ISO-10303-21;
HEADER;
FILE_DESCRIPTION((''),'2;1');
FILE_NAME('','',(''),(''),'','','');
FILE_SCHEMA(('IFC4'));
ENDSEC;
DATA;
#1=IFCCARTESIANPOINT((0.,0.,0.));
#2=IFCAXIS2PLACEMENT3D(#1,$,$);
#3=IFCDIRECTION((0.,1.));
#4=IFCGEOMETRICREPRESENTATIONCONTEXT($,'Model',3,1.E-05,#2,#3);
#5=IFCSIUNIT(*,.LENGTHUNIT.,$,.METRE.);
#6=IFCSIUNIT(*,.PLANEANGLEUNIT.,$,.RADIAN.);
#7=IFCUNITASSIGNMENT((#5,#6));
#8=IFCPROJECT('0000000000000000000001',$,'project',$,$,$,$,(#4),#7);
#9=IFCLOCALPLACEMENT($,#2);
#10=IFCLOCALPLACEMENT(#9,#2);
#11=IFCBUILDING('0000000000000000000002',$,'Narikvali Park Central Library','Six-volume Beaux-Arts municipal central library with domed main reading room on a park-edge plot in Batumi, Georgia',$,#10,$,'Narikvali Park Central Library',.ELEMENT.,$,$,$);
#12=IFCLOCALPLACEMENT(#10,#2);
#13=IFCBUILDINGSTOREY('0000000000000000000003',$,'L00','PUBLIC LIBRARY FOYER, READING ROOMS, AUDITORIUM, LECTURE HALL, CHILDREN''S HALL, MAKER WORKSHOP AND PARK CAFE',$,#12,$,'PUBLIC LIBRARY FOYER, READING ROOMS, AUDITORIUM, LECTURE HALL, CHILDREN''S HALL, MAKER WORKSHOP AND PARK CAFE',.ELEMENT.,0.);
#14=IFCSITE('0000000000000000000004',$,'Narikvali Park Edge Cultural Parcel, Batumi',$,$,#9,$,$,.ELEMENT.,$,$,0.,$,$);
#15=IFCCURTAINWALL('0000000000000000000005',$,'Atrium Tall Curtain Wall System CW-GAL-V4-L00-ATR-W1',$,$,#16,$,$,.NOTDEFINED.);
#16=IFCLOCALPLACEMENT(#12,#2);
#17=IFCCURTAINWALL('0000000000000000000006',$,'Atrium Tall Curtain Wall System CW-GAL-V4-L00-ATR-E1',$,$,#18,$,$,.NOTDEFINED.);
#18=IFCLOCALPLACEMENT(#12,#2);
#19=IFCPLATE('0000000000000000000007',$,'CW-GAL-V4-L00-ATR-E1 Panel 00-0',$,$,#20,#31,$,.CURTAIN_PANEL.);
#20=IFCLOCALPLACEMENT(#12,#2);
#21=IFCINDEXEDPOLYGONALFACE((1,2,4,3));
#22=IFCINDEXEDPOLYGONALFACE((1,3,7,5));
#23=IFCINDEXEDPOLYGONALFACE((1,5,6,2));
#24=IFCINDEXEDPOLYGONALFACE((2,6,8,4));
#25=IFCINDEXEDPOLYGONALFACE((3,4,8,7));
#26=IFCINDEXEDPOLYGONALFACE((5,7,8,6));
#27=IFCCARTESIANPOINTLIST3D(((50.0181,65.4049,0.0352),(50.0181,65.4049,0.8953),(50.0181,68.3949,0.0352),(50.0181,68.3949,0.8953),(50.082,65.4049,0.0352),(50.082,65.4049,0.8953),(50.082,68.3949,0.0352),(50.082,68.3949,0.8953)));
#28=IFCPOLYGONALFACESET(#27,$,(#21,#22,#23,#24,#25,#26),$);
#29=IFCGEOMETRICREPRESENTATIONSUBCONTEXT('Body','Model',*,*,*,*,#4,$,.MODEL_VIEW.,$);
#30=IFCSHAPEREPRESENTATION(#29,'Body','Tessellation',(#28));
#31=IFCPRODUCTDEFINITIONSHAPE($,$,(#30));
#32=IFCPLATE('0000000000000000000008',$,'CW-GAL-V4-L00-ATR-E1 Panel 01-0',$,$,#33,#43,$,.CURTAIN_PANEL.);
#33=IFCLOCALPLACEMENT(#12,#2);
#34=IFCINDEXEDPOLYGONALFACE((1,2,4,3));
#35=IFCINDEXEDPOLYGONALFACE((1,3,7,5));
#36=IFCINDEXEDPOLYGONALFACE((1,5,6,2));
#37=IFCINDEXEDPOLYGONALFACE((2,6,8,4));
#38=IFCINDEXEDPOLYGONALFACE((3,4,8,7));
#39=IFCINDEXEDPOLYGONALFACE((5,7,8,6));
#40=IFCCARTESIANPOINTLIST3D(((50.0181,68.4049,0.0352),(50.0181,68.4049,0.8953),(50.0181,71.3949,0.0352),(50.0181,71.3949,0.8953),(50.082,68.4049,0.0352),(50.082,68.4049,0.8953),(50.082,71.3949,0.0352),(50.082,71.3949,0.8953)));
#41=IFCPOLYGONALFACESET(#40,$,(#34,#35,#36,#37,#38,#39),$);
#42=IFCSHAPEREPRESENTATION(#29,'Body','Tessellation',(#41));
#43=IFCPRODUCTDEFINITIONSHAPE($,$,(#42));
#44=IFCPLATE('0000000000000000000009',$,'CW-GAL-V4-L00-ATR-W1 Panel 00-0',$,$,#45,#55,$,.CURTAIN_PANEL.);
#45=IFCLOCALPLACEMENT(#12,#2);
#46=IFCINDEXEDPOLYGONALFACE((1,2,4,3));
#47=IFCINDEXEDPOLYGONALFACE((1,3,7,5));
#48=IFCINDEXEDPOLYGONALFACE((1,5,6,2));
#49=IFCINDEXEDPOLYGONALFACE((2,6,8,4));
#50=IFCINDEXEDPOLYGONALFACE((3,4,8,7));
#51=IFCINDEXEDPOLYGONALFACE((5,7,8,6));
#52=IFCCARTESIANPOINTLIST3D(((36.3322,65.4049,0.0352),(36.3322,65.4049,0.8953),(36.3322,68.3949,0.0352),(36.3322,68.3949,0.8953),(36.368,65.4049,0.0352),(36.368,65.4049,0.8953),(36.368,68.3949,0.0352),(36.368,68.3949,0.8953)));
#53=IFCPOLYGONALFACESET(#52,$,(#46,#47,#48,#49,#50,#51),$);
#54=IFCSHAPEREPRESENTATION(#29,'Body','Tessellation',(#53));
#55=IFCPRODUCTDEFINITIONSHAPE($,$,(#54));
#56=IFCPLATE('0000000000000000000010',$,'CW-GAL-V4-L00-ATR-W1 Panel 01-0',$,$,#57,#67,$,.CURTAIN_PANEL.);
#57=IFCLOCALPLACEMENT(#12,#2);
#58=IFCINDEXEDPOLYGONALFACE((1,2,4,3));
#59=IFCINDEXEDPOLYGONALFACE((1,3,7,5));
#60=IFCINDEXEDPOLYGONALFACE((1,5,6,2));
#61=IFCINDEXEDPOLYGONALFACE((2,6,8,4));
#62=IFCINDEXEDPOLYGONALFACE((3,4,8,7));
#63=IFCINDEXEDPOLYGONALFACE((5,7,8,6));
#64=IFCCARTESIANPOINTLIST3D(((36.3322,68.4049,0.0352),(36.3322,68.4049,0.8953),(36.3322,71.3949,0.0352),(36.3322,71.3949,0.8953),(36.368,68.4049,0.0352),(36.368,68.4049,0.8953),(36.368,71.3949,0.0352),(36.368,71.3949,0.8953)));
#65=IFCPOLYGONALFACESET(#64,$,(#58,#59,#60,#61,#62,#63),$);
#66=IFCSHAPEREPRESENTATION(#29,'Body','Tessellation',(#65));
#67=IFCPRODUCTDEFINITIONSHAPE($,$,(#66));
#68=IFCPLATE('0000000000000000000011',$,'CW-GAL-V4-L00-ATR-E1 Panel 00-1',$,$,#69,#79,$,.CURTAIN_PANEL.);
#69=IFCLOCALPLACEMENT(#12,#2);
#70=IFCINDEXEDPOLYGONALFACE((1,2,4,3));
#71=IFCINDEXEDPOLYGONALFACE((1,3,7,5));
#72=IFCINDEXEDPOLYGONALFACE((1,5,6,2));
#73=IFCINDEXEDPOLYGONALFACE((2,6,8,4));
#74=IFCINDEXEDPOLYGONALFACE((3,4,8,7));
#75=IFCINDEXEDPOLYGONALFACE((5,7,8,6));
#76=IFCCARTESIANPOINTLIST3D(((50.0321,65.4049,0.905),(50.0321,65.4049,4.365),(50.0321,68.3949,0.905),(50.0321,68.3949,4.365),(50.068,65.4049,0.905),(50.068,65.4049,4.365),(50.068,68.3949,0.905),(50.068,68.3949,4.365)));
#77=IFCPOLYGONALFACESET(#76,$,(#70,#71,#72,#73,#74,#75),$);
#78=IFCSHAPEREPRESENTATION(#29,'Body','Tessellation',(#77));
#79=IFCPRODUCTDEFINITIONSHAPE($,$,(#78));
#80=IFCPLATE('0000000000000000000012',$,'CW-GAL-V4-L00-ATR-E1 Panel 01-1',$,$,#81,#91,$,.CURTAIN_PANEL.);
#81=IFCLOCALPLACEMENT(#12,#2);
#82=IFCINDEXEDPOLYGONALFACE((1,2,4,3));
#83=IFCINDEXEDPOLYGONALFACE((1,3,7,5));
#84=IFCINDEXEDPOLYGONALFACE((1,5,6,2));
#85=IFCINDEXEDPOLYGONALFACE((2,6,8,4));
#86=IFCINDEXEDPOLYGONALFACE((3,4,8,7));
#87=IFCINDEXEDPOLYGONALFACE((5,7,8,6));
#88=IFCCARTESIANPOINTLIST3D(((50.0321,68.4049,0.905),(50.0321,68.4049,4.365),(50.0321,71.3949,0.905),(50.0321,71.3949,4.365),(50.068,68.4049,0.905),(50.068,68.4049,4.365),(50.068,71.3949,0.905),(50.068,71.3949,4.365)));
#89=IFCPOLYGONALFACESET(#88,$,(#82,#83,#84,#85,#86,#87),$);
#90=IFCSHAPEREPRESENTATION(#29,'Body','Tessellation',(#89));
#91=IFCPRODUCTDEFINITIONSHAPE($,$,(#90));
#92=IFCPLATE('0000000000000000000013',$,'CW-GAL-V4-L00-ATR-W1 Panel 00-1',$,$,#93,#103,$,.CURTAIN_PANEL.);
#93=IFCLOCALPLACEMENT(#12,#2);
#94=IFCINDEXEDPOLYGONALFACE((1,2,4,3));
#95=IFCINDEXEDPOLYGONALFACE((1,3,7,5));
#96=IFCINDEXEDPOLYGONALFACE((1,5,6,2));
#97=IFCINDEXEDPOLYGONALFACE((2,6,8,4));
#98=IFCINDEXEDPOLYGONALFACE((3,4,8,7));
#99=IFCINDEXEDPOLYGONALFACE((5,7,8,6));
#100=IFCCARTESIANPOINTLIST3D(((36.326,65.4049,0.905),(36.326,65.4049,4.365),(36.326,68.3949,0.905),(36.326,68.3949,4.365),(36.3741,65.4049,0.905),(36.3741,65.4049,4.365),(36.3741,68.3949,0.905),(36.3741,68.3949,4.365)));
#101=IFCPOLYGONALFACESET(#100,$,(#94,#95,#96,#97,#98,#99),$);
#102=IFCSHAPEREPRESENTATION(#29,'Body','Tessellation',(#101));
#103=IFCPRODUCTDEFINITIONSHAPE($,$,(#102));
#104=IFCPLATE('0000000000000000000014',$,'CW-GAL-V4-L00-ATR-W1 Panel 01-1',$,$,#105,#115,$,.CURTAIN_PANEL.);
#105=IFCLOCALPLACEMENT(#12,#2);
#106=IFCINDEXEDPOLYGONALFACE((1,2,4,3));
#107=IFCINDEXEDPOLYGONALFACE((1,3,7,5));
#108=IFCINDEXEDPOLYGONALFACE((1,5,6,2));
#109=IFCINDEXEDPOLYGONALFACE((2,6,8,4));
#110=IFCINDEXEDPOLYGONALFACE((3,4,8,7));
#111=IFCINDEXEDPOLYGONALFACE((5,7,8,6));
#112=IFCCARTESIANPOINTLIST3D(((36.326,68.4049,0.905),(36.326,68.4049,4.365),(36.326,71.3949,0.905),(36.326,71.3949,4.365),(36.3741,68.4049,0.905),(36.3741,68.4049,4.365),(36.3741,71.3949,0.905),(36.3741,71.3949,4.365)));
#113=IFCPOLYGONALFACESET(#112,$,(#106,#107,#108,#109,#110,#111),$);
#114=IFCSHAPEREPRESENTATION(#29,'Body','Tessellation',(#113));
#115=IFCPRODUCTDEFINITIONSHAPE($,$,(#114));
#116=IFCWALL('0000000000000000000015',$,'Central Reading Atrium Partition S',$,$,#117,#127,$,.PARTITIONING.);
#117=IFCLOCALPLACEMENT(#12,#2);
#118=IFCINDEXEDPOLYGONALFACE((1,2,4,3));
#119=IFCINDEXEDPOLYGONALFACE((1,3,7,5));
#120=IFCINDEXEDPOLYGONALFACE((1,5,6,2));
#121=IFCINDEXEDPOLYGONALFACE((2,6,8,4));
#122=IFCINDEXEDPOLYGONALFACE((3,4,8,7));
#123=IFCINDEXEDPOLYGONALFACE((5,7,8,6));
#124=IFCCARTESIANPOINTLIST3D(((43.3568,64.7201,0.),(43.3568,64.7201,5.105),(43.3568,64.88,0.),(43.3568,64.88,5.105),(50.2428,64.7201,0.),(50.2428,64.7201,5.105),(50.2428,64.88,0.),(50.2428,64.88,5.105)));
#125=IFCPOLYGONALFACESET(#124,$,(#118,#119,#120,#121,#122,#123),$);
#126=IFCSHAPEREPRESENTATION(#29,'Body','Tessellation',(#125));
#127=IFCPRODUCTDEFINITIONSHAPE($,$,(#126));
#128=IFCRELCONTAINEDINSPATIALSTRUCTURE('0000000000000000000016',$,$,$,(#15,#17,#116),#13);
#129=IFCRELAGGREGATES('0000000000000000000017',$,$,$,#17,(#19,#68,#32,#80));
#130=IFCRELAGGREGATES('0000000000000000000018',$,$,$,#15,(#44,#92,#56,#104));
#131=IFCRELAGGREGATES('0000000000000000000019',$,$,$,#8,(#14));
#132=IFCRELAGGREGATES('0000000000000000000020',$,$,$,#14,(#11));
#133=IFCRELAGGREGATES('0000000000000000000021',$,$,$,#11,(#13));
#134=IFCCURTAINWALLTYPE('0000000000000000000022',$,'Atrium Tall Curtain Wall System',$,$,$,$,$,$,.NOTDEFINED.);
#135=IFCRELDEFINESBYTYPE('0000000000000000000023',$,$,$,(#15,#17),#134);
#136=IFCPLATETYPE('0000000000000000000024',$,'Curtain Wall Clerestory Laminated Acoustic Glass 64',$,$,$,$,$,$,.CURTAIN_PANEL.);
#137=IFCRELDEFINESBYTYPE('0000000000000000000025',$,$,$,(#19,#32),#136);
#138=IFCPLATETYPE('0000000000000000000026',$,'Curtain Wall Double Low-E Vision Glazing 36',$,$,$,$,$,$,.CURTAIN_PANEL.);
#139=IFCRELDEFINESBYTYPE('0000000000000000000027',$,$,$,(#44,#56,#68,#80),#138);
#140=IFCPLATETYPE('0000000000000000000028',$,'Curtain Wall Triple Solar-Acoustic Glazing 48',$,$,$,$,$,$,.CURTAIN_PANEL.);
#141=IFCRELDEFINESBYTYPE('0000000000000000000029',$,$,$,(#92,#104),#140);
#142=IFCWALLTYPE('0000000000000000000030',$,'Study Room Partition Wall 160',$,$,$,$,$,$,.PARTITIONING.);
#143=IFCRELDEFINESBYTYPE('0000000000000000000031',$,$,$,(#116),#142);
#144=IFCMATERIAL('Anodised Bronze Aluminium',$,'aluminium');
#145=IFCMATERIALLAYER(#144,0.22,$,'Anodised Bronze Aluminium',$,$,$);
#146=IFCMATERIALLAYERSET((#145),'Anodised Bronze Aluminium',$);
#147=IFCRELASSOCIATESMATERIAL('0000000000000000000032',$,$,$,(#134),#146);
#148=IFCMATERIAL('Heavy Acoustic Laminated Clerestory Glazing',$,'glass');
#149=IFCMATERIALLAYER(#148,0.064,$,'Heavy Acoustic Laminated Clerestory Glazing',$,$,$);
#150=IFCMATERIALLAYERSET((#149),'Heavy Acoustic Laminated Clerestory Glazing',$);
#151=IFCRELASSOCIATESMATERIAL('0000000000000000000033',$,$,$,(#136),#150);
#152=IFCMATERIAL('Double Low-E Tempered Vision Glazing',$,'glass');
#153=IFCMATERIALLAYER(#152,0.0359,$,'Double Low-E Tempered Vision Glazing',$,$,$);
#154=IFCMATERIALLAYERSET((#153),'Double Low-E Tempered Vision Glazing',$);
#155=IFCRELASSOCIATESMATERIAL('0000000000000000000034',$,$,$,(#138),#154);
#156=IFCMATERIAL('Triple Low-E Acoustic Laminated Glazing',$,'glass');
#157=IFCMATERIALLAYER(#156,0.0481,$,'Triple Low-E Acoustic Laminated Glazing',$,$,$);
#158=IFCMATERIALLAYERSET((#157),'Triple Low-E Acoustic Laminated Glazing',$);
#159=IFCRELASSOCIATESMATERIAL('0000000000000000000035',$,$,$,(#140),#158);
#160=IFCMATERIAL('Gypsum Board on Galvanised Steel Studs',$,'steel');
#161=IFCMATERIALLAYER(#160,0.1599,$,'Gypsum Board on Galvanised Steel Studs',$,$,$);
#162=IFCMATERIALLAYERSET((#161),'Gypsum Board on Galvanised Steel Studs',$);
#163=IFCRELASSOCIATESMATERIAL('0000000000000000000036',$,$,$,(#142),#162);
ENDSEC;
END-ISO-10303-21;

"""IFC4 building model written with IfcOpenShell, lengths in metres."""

from ifc_helpers import new_model, si_unit, direction, frame, frame_2d, origin, origin_2d, place, context, subcontext, project, spatial, rectangle, extrude, material, layer, layer_set, type_object, element, aggregate, save


model = new_model("IFC4")

# Units and contexts
model_context = context("Model", 3, precision=1e-05, world=origin(), true_north=direction((0.0, 1.0)))
body_context = subcontext(model_context, "Body", "Model", "MODEL_VIEW")
ifc_project = project(units=[si_unit("LENGTHUNIT", "METRE"), si_unit("PLANEANGLEUNIT", "RADIAN")], contexts=[model_context])

# Site, building, storey
site_placement = place(None, origin())
site = spatial("IfcSite", under=ifc_project, at=site_placement, Name="Narikvali Park Edge Cultural Parcel, Batumi", CompositionType="ELEMENT", RefElevation=0.0)
building_placement = place(site_placement, origin())
building = spatial("IfcBuilding", under=site, at=building_placement, Name="Narikvali Park Central Library", Description="Six-volume Beaux-Arts municipal central library with domed main reading room on a park-edge plot in Batumi, Georgia", LongName="Narikvali Park Central Library", CompositionType="ELEMENT")
storey_placement = place(building_placement, origin())
storey = spatial("IfcBuildingStorey", under=building, at=storey_placement, Name="L00", Description="PUBLIC LIBRARY FOYER, READING ROOMS, AUDITORIUM, LECTURE HALL, CHILDREN'S HALL, MAKER WORKSHOP AND PARK CAFE", LongName="PUBLIC LIBRARY FOYER, READING ROOMS, AUDITORIUM, LECTURE HALL, CHILDREN'S HALL, MAKER WORKSHOP AND PARK CAFE", CompositionType="ELEMENT", Elevation=0.0)

# Curtain walls
ifc_material_1 = material(Name="Anodised Bronze Aluminium", Category="aluminium")
ifc_layer_1 = layer(ifc_material_1, 0.22, Name="Anodised Bronze Aluminium")
ifc_layer_set_1 = layer_set([ifc_layer_1], Name="Anodised Bronze Aluminium")
curtain_wall_type = type_object("IfcCurtainWallType", Name="Atrium Tall Curtain Wall System", PredefinedType="NOTDEFINED", material=ifc_layer_set_1)
curtain_wall_1_placement = place(storey_placement, origin())
curtain_wall_1 = element("IfcCurtainWall", 1, at=curtain_wall_1_placement, inside=storey, type_object=curtain_wall_type, Name="Atrium Tall Curtain Wall System CW-GAL-V4-L00-ATR-W1", PredefinedType="NOTDEFINED")
curtain_wall_2_placement = place(storey_placement, origin())
curtain_wall_2 = element("IfcCurtainWall", 2, at=curtain_wall_2_placement, inside=storey, type_object=curtain_wall_type, Name="Atrium Tall Curtain Wall System CW-GAL-V4-L00-ATR-E1", PredefinedType="NOTDEFINED")

# Plates
ifc_material_2 = material(Name="Heavy Acoustic Laminated Clerestory Glazing", Category="glass")
ifc_layer_2 = layer(ifc_material_2, 0.064, Name="Heavy Acoustic Laminated Clerestory Glazing")
ifc_layer_set_2 = layer_set([ifc_layer_2], Name="Heavy Acoustic Laminated Clerestory Glazing")
plate_type_1 = type_object("IfcPlateType", Name="Curtain Wall Clerestory Laminated Acoustic Glass 64", PredefinedType="CURTAIN_PANEL", material=ifc_layer_set_2)
plate_1_placement = place(storey_placement, frame((50.05, 66.8999, 0.0352), z_axis=(0.0, 0.0, 1.0), x_axis=(0.0, 1.0, 0.0)))
plate_1 = element("IfcPlate", 3, at=plate_1_placement, type_object=plate_type_1, Name="CW-GAL-V4-L00-ATR-E1 Panel 00-0", PredefinedType="CURTAIN_PANEL", context=body_context, shape_type="SweptSolid", body=[
    extrude(rectangle(XDim=2.99, YDim=0.064, at=origin_2d()), origin(), (0.0, 0.0, 1.0), 0.8601),
])
plate_2_placement = place(storey_placement, frame((50.05, 69.8999, 0.0352), z_axis=(0.0, 0.0, 1.0), x_axis=(0.0, 1.0, 0.0)))
plate_2 = element("IfcPlate", 4, at=plate_2_placement, type_object=plate_type_1, Name="CW-GAL-V4-L00-ATR-E1 Panel 01-0", PredefinedType="CURTAIN_PANEL", context=body_context, shape_type="SweptSolid", body=[
    extrude(rectangle(XDim=2.99, YDim=0.064, at=origin_2d()), origin(), (0.0, 0.0, 1.0), 0.8601),
])
ifc_material_3 = material(Name="Double Low-E Tempered Vision Glazing", Category="glass")
ifc_layer_3 = layer(ifc_material_3, 0.0359, Name="Double Low-E Tempered Vision Glazing")
ifc_layer_set_3 = layer_set([ifc_layer_3], Name="Double Low-E Tempered Vision Glazing")
plate_type_2 = type_object("IfcPlateType", Name="Curtain Wall Double Low-E Vision Glazing 36", PredefinedType="CURTAIN_PANEL", material=ifc_layer_set_3)
plate_3_placement = place(storey_placement, frame((36.3501, 66.8999, 0.0352), z_axis=(0.0, 0.0, 1.0), x_axis=(0.0, 1.0, 0.0)))
plate_3 = element("IfcPlate", 5, at=plate_3_placement, type_object=plate_type_2, Name="CW-GAL-V4-L00-ATR-W1 Panel 00-0", PredefinedType="CURTAIN_PANEL", context=body_context, shape_type="SweptSolid", body=[
    extrude(rectangle(XDim=2.99, YDim=0.0359, at=origin_2d()), origin(), (0.0, 0.0, 1.0), 0.8601),
])
plate_4_placement = place(storey_placement, frame((36.3501, 69.8999, 0.0352), z_axis=(0.0, 0.0, 1.0), x_axis=(0.0, 1.0, 0.0)))
plate_4 = element("IfcPlate", 6, at=plate_4_placement, type_object=plate_type_2, Name="CW-GAL-V4-L00-ATR-W1 Panel 01-0", PredefinedType="CURTAIN_PANEL", context=body_context, shape_type="SweptSolid", body=[
    extrude(rectangle(XDim=2.99, YDim=0.0359, at=origin_2d()), origin(), (0.0, 0.0, 1.0), 0.8601),
])
plate_5_placement = place(storey_placement, frame((50.05, 66.8999, 0.905), z_axis=(0.0, 0.0, 1.0), x_axis=(0.0, 1.0, 0.0)))
plate_5 = element("IfcPlate", 7, at=plate_5_placement, type_object=plate_type_2, Name="CW-GAL-V4-L00-ATR-E1 Panel 00-1", PredefinedType="CURTAIN_PANEL", context=body_context, shape_type="SweptSolid", body=[
    extrude(rectangle(XDim=2.99, YDim=0.0359, at=origin_2d()), origin(), (0.0, 0.0, 1.0), 3.46),
])
plate_6_placement = place(storey_placement, frame((50.05, 69.8999, 0.905), z_axis=(0.0, 0.0, 1.0), x_axis=(0.0, 1.0, 0.0)))
plate_6 = element("IfcPlate", 8, at=plate_6_placement, type_object=plate_type_2, Name="CW-GAL-V4-L00-ATR-E1 Panel 01-1", PredefinedType="CURTAIN_PANEL", context=body_context, shape_type="SweptSolid", body=[
    extrude(rectangle(XDim=2.99, YDim=0.0359, at=origin_2d()), origin(), (0.0, 0.0, 1.0), 3.46),
])
aggregate(curtain_wall_2, [plate_1, plate_5, plate_2, plate_6])
ifc_material_4 = material(Name="Triple Low-E Acoustic Laminated Glazing", Category="glass")
ifc_layer_4 = layer(ifc_material_4, 0.0481, Name="Triple Low-E Acoustic Laminated Glazing")
ifc_layer_set_4 = layer_set([ifc_layer_4], Name="Triple Low-E Acoustic Laminated Glazing")
plate_type_3 = type_object("IfcPlateType", Name="Curtain Wall Triple Solar-Acoustic Glazing 48", PredefinedType="CURTAIN_PANEL", material=ifc_layer_set_4)
plate_7_placement = place(storey_placement, frame((36.3501, 66.8999, 0.905), z_axis=(0.0, 0.0, 1.0), x_axis=(0.0, 1.0, 0.0)))
plate_7 = element("IfcPlate", 9, at=plate_7_placement, type_object=plate_type_3, Name="CW-GAL-V4-L00-ATR-W1 Panel 00-1", PredefinedType="CURTAIN_PANEL", context=body_context, shape_type="SweptSolid", body=[
    extrude(rectangle(XDim=2.99, YDim=0.0481, at=origin_2d()), origin(), (0.0, 0.0, 1.0), 3.46),
])
plate_8_placement = place(storey_placement, frame((36.3501, 69.8999, 0.905), z_axis=(0.0, 0.0, 1.0), x_axis=(0.0, 1.0, 0.0)))
plate_8 = element("IfcPlate", 10, at=plate_8_placement, type_object=plate_type_3, Name="CW-GAL-V4-L00-ATR-W1 Panel 01-1", PredefinedType="CURTAIN_PANEL", context=body_context, shape_type="SweptSolid", body=[
    extrude(rectangle(XDim=2.99, YDim=0.0481, at=origin_2d()), origin(), (0.0, 0.0, 1.0), 3.46),
])
aggregate(curtain_wall_1, [plate_3, plate_7, plate_4, plate_8])

# Wall
ifc_material_5 = material(Name="Gypsum Board on Galvanised Steel Studs", Category="steel")
ifc_layer_5 = layer(ifc_material_5, 0.1599, Name="Gypsum Board on Galvanised Steel Studs")
ifc_layer_set_5 = layer_set([ifc_layer_5], Name="Gypsum Board on Galvanised Steel Studs")
wall_type = type_object("IfcWallType", Name="Study Room Partition Wall 160", PredefinedType="PARTITIONING", material=ifc_layer_set_5)
wall_placement = place(storey_placement, frame((43.3569, 64.8, 0.0), z_axis=(0.0, 0.0, 1.0), x_axis=(1.0, 0.0, 0.0)))
element("IfcWall", 11, at=wall_placement, inside=storey, type_object=wall_type, Name="Central Reading Atrium Partition S", PredefinedType="PARTITIONING", context=body_context, shape_type="SweptSolid", body=[
    extrude(rectangle(XDim=6.886, YDim=0.1599, at=frame_2d((3.4429, 0.0))), origin(), (0.0, 0.0, 1.0), 5.105),
])

save(model, "model.ifc")
